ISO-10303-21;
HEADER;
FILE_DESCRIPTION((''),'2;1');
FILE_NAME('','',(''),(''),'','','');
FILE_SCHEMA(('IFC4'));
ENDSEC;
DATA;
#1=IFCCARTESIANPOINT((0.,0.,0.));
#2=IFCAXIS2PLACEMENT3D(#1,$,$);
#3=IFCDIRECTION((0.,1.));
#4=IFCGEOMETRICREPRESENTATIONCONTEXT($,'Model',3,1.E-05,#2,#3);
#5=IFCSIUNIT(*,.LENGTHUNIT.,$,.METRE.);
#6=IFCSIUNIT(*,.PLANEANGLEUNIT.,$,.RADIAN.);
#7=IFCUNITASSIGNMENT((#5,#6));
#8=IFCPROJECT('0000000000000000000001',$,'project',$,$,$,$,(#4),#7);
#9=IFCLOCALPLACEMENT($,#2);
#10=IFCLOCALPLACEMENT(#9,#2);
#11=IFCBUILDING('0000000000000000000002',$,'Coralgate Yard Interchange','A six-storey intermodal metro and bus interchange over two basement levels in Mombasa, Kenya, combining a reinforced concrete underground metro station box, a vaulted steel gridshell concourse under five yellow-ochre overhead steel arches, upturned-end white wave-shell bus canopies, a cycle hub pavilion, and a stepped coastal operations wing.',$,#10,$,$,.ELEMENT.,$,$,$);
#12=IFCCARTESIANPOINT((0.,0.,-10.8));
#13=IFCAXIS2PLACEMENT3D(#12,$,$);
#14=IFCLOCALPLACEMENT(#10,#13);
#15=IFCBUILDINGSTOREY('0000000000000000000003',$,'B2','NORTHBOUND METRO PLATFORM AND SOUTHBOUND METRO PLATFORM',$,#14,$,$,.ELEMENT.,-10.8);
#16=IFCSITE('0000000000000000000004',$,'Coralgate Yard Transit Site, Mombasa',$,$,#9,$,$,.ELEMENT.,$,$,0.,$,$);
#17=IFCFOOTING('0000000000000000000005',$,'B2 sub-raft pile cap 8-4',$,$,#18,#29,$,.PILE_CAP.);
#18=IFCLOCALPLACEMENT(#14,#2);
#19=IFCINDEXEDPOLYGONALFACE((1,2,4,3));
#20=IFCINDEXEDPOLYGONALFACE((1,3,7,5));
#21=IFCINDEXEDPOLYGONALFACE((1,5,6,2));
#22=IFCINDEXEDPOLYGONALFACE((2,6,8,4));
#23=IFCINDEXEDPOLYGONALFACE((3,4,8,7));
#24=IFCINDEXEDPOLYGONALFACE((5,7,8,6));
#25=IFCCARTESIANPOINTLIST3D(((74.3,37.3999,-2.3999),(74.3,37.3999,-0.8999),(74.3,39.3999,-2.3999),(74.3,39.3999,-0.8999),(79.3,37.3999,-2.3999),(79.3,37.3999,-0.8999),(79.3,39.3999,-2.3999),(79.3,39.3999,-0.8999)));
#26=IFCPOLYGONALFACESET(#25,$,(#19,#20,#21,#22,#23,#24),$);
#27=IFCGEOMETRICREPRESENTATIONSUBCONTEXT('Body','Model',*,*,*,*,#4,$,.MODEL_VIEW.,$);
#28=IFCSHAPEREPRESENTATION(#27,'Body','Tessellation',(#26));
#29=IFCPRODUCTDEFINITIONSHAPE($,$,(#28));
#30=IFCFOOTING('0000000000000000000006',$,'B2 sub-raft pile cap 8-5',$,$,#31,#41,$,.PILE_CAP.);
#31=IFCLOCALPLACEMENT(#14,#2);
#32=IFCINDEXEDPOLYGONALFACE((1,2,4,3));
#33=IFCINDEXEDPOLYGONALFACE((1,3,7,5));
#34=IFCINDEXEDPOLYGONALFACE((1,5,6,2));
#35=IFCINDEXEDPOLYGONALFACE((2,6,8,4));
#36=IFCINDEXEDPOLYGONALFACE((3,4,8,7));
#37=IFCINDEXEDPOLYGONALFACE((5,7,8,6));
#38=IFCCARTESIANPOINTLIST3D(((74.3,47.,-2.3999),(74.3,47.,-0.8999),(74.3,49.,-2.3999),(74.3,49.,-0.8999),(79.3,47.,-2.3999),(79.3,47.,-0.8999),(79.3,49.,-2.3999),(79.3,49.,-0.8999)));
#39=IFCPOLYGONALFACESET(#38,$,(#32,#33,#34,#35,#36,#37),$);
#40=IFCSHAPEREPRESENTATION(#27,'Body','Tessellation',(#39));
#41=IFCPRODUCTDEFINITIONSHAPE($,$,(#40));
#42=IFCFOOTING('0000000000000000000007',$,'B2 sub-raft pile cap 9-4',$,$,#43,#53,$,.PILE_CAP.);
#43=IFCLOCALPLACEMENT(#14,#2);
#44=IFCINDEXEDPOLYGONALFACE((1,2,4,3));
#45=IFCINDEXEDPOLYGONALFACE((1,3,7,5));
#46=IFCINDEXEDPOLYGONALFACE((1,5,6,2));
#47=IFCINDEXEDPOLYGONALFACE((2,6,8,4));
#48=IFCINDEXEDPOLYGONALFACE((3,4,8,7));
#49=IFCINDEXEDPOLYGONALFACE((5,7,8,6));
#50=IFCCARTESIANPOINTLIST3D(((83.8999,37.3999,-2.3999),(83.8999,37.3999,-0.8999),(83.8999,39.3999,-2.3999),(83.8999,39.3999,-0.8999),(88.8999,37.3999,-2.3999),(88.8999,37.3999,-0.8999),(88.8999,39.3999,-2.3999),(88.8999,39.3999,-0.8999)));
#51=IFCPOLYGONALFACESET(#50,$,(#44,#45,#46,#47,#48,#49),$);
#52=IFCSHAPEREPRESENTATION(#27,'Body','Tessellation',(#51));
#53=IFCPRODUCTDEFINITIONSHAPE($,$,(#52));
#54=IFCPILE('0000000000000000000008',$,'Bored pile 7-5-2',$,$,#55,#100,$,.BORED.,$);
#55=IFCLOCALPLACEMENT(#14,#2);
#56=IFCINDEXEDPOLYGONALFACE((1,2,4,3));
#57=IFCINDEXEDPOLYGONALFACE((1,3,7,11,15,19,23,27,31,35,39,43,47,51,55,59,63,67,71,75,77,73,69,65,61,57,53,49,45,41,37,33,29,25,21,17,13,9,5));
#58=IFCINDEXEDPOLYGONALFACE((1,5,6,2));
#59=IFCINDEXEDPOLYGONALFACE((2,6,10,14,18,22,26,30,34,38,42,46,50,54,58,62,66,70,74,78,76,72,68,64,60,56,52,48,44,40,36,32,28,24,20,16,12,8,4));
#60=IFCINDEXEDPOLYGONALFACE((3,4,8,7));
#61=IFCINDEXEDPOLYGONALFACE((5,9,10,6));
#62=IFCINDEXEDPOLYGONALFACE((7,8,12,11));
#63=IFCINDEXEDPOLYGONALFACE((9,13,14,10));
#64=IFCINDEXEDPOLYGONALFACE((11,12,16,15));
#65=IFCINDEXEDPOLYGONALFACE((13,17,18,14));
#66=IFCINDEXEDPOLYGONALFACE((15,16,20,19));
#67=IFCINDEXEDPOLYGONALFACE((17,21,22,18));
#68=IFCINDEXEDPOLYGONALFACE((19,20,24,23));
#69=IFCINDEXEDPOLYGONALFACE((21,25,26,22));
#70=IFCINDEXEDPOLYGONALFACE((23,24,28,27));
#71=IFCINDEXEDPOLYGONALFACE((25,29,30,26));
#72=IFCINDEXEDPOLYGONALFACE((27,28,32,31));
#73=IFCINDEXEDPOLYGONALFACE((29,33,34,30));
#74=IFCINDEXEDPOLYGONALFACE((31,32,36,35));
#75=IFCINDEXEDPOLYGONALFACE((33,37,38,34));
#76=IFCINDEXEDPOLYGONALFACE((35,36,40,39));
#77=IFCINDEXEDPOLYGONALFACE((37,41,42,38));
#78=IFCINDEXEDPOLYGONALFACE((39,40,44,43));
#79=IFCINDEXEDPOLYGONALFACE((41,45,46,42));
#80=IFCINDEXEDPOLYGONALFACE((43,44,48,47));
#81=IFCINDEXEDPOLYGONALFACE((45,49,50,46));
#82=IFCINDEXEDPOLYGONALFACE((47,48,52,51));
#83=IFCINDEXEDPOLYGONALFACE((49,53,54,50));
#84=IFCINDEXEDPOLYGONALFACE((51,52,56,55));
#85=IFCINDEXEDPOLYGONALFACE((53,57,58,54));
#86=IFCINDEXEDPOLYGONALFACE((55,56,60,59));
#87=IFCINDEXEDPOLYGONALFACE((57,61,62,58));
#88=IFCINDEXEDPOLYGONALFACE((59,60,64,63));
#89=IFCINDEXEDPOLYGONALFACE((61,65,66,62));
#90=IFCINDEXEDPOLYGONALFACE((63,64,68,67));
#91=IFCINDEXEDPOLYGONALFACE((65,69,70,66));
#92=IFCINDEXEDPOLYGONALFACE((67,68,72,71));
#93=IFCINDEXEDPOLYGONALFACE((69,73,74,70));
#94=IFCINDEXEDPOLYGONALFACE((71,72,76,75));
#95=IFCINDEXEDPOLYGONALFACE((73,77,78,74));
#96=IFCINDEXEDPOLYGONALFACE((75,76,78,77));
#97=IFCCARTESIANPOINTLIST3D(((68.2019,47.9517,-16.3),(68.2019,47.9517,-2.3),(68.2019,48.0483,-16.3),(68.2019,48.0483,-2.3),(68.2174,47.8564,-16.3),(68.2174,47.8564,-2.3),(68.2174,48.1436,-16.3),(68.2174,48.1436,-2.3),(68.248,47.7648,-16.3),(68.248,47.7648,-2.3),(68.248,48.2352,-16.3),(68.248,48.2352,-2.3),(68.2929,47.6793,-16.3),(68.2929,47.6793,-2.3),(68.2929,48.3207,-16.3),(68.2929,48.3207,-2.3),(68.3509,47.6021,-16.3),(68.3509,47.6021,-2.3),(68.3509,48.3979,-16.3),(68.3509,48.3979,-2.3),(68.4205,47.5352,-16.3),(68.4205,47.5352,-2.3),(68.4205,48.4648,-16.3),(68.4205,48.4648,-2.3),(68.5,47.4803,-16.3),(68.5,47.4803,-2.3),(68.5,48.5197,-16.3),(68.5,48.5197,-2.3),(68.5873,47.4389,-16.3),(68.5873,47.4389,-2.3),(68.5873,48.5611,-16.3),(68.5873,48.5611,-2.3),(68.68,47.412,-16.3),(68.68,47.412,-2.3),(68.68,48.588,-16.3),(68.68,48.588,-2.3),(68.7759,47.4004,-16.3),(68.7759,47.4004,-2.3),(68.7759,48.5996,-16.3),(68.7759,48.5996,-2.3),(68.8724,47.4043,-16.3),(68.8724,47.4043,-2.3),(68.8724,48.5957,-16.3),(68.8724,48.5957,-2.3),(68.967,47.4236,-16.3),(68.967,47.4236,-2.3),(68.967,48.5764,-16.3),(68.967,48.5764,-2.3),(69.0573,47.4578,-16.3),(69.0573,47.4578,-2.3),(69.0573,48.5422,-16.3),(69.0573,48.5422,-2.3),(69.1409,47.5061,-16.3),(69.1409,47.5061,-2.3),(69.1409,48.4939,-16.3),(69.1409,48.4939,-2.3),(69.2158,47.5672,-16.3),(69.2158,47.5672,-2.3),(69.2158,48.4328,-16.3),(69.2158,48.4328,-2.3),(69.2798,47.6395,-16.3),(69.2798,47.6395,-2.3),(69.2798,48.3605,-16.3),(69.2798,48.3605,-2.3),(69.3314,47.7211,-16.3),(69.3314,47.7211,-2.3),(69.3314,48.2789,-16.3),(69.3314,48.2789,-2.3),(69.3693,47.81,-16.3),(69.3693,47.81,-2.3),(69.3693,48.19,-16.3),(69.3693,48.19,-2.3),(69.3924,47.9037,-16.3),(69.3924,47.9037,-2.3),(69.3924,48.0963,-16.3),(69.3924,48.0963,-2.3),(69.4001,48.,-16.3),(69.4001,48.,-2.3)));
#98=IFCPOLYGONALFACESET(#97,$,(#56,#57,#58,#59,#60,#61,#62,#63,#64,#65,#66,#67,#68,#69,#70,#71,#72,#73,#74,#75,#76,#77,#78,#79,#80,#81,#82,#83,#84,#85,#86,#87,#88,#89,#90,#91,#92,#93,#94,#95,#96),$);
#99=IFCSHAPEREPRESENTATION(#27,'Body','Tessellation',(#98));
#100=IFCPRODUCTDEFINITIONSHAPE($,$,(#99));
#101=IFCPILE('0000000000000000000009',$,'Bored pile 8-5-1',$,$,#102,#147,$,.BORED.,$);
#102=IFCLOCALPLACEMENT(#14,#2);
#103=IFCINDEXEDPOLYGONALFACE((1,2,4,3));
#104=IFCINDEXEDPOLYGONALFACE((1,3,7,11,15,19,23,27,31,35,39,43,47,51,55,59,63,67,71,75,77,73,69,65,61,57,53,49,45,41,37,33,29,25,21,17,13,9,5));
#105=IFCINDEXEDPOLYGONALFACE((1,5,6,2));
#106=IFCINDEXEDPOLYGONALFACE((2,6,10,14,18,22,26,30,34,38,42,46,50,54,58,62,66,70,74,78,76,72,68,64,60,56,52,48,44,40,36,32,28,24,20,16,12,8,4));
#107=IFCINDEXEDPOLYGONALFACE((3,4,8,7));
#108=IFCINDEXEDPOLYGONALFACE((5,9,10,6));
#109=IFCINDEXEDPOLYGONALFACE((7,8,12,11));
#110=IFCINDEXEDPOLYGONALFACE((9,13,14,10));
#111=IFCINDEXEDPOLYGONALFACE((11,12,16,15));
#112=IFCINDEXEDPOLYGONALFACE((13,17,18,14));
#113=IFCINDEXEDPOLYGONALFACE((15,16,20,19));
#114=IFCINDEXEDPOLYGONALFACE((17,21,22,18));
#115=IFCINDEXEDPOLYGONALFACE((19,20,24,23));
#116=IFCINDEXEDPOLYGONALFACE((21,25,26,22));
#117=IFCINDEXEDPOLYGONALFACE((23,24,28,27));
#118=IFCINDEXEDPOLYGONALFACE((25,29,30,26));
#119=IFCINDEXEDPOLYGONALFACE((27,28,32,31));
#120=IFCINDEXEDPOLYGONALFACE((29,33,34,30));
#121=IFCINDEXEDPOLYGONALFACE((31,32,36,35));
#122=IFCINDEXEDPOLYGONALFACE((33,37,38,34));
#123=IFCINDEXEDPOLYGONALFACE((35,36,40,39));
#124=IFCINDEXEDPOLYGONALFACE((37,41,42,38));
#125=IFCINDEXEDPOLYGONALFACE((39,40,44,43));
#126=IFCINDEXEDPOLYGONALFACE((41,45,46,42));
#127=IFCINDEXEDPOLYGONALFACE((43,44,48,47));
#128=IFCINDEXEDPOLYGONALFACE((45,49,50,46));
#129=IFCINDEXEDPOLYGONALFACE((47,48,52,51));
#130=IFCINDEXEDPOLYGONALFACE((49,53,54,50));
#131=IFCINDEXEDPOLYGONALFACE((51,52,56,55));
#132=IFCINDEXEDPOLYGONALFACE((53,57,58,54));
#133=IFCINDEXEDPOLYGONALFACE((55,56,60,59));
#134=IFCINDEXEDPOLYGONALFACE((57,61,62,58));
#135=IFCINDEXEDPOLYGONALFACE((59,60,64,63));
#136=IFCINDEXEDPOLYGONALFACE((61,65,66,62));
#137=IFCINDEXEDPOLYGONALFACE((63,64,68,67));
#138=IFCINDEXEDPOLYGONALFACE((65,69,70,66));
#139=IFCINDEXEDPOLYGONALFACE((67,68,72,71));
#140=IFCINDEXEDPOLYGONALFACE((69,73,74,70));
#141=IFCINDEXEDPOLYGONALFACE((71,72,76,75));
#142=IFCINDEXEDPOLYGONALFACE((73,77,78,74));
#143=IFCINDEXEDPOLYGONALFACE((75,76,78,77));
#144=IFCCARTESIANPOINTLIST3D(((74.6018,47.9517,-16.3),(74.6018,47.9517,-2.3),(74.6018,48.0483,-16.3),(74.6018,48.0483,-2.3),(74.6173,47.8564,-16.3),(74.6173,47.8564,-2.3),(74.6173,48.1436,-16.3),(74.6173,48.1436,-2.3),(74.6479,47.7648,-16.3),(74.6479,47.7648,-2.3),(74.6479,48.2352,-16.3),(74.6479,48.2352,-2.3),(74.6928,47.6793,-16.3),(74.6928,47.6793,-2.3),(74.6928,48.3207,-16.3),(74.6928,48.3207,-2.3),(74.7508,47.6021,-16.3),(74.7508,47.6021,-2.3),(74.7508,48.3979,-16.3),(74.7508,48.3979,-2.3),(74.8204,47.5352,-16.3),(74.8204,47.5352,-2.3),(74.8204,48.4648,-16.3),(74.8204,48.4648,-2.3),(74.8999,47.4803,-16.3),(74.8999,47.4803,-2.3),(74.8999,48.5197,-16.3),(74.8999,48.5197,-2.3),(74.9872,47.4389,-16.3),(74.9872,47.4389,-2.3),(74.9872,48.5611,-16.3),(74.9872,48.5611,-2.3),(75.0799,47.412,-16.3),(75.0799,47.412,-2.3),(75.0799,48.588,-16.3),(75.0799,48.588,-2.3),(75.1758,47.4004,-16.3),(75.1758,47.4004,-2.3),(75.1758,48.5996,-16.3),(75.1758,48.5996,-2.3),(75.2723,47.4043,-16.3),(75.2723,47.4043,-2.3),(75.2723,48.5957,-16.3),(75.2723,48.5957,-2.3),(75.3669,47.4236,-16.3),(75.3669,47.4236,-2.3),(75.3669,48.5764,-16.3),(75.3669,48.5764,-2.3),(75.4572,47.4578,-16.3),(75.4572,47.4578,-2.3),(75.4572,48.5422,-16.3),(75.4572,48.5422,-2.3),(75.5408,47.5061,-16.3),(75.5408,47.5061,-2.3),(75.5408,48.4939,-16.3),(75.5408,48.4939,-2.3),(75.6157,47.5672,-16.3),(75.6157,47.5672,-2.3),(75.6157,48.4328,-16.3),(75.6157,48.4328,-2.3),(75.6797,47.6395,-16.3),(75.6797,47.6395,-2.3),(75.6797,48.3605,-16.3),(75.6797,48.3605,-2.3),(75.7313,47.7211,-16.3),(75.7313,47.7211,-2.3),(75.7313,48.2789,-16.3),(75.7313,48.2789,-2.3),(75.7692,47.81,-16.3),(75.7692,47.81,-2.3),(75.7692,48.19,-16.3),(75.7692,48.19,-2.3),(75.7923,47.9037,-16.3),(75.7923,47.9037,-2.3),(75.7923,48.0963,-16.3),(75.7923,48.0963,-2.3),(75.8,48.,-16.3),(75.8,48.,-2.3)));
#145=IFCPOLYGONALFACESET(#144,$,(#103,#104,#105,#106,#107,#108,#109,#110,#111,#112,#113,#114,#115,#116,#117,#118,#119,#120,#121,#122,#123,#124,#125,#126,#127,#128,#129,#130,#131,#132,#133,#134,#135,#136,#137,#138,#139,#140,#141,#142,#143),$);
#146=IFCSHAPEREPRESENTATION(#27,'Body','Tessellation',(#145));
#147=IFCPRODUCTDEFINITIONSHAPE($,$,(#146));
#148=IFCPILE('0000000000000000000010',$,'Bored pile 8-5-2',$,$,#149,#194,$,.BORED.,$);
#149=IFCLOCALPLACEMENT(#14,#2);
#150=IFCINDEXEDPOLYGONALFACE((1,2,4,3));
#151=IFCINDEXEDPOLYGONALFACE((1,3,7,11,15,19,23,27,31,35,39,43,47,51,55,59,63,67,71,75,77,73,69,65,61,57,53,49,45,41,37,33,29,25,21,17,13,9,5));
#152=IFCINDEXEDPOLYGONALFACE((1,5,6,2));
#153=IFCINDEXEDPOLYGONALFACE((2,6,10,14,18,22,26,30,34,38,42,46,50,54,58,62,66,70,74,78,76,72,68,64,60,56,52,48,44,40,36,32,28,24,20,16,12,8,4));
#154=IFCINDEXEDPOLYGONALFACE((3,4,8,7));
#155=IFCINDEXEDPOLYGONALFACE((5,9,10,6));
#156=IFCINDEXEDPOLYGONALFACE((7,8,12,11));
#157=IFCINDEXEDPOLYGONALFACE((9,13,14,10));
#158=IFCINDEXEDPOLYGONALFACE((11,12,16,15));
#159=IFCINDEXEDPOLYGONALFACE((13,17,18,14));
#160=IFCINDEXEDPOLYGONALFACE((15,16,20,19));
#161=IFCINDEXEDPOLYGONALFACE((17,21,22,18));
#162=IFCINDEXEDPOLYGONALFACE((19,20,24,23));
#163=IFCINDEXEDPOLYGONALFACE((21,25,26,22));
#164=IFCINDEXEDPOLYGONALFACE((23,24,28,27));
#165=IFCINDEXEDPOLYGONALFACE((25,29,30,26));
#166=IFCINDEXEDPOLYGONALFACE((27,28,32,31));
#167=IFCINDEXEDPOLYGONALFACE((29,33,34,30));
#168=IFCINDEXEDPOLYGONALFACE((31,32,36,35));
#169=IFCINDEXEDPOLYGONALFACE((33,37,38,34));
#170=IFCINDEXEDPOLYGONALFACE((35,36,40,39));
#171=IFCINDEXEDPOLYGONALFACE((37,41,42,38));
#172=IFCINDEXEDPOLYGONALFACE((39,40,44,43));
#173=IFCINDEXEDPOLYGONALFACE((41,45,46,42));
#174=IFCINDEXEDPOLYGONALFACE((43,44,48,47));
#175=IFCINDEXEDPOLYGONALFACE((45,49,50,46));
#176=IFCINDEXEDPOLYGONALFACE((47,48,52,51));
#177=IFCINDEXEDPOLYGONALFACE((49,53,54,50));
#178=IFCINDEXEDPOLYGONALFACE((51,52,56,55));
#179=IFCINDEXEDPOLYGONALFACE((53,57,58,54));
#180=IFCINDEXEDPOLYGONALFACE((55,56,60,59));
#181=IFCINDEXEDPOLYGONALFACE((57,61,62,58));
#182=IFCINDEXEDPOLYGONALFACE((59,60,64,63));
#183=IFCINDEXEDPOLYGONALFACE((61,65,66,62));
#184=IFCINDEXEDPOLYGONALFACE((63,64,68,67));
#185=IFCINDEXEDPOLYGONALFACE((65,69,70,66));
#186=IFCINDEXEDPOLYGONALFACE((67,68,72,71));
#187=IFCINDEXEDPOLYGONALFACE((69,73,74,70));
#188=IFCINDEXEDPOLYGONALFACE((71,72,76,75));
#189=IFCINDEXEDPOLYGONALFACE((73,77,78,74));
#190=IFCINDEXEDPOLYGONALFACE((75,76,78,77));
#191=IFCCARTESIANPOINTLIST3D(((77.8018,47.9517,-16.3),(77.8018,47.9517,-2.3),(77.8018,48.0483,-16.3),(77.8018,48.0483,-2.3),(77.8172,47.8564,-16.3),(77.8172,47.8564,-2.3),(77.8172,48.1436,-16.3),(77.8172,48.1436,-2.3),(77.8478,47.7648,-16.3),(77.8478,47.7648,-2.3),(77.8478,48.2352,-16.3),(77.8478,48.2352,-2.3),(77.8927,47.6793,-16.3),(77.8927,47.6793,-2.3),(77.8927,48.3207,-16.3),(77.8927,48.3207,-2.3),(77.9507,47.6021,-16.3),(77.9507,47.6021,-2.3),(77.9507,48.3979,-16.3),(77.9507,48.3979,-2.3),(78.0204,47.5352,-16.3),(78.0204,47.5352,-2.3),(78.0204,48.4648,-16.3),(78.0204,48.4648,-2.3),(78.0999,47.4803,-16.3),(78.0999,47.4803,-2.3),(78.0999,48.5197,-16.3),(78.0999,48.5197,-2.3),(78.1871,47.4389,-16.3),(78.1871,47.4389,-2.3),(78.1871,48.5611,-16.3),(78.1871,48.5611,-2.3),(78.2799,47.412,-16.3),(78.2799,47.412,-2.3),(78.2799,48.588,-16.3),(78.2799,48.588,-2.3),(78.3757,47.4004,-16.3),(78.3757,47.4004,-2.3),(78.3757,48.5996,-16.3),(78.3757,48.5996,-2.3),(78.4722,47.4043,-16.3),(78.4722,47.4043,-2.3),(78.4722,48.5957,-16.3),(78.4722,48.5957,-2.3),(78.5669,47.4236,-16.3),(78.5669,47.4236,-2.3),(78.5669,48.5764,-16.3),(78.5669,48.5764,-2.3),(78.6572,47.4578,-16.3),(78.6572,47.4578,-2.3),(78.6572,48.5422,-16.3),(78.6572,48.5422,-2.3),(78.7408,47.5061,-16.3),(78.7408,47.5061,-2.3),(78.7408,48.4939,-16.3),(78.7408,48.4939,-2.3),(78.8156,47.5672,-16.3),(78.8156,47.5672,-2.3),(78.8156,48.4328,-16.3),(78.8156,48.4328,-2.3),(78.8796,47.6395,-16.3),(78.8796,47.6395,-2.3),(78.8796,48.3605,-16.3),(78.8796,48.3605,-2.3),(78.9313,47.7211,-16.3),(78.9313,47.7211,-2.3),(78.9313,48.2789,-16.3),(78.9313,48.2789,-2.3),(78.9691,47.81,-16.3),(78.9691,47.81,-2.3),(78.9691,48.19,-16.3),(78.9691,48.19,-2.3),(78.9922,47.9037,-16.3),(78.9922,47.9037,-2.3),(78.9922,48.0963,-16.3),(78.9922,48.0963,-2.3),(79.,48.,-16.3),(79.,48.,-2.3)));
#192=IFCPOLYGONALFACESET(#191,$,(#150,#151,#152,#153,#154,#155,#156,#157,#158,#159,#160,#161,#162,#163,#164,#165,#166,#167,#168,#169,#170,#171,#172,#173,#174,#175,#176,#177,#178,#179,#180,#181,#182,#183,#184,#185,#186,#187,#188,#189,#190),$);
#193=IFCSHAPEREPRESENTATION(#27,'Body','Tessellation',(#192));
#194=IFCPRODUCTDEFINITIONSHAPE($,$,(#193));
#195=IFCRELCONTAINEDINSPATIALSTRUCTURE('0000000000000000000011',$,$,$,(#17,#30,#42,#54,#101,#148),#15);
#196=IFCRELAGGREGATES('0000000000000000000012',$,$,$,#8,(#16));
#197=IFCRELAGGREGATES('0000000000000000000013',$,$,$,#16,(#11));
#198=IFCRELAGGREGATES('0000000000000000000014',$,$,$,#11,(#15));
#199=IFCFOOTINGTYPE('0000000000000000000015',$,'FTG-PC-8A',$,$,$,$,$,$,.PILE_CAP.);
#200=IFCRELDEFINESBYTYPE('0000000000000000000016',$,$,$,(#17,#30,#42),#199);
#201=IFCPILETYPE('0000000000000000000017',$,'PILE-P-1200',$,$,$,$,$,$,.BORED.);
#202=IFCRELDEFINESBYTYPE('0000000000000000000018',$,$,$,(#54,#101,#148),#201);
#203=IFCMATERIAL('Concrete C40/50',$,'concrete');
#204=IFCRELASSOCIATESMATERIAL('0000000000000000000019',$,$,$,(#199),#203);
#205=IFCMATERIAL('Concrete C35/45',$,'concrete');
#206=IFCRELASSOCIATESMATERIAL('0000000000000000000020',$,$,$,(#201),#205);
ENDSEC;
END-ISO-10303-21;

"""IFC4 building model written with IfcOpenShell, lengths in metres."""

from ifc_helpers import new_model, si_unit, direction, frame, origin, origin_2d, place, context, subcontext, project, spatial, rectangle, circle, extrude, material, material_profile, profile_set, type_object, element, save


model = new_model("IFC4")

# Units and contexts
model_context = context("Model", 3, precision=1e-05, world=origin(), true_north=direction((0.0, 1.0)))
body_context = subcontext(model_context, "Body", "Model", "MODEL_VIEW")
ifc_project = project(units=[si_unit("LENGTHUNIT", "METRE"), si_unit("PLANEANGLEUNIT", "RADIAN")], contexts=[model_context])

# Site, building, storey
site_placement = place(None, origin())
site = spatial("IfcSite", under=ifc_project, at=site_placement, Name="Coralgate Yard Transit Site, Mombasa", CompositionType="ELEMENT", RefElevation=0.0)
building_placement = place(site_placement, origin())
building = spatial("IfcBuilding", under=site, at=building_placement, Name="Coralgate Yard Interchange", Description="A six-storey intermodal metro and bus interchange over two basement levels in Mombasa, Kenya, combining a reinforced concrete underground metro station box, a vaulted steel gridshell concourse under five yellow-ochre overhead steel arches, upturned-end white wave-shell bus canopies, a cycle hub pavilion, and a stepped coastal operations wing.", CompositionType="ELEMENT")
storey_placement = place(building_placement, frame((0.0, 0.0, -10.8)))
storey = spatial("IfcBuildingStorey", under=building, at=storey_placement, Name="B2", Description="NORTHBOUND METRO PLATFORM AND SOUTHBOUND METRO PLATFORM", CompositionType="ELEMENT", Elevation=-10.8)

# Footings
ifc_material_1 = material(Name="Concrete C40/50", Category="concrete")
footing_type = type_object("IfcFootingType", Name="FTG-PC-8A", PredefinedType="PILE_CAP", material=ifc_material_1)
for number, where, z_axis, x_axis, name in (
    (1, (76.8, 38.3999, -2.3999), (0.0, 0.0, 1.0), (1.0, 0.0, 0.0), "B2 sub-raft pile cap 8-4"),
    (2, (76.8, 48.0, -2.3999), (0.0, 0.0, 1.0), (1.0, 0.0, 0.0), "B2 sub-raft pile cap 8-5"),
    (3, (86.3999, 38.3999, -2.3999), (0.0, 0.0, 1.0), (1.0, 0.0, 0.0), "B2 sub-raft pile cap 9-4"),
):
    element("IfcFooting", number, at=place(storey_placement, frame(where, z_axis=z_axis, x_axis=x_axis)), inside=storey, type_object=footing_type, Name=name, PredefinedType="PILE_CAP", context=body_context, shape_type="SweptSolid", body=[
        extrude(rectangle(XDim=5.0, YDim=2.0, at=origin_2d()), origin(), (0.0, 0.0, 1.0), 1.5),
    ])

# Piles
ifc_material_2 = material(Name="Concrete C35/45", Category="concrete")
ifc_material_profile_1 = material_profile(ifc_material_2, circle(Radius=0.6001, at=origin_2d()), Name="BORED PILE D1200")
ifc_profile_set_1 = profile_set([ifc_material_profile_1], Name="Concrete C35/45")
pile_type = type_object("IfcPileType", Name="PILE-P-1200", PredefinedType="BORED", material=ifc_profile_set_1)
for number, where, z_axis, x_axis, name in (
    (4, (68.8, 48.0, -2.3), (0.0, 0.0, -1.0), (1.0, 0.0, 0.0), "Bored pile 7-5-2"),
    (5, (75.2, 48.0, -2.3), (0.0, 0.0, -1.0), (1.0, 0.0, 0.0), "Bored pile 8-5-1"),
    (6, (78.3999, 48.0, -2.3), (0.0, 0.0, -1.0), (1.0, 0.0, 0.0), "Bored pile 8-5-2"),
):
    element("IfcPile", number, at=place(storey_placement, frame(where, z_axis=z_axis, x_axis=x_axis)), inside=storey, type_object=pile_type, Name=name, PredefinedType="BORED", context=body_context, shape_type="SweptSolid", body=[
        extrude(circle(Radius=0.6001, at=origin_2d()), origin(), (0.0, 0.0, 1.0), 14.0),
    ])

save(model, "model.ifc")
